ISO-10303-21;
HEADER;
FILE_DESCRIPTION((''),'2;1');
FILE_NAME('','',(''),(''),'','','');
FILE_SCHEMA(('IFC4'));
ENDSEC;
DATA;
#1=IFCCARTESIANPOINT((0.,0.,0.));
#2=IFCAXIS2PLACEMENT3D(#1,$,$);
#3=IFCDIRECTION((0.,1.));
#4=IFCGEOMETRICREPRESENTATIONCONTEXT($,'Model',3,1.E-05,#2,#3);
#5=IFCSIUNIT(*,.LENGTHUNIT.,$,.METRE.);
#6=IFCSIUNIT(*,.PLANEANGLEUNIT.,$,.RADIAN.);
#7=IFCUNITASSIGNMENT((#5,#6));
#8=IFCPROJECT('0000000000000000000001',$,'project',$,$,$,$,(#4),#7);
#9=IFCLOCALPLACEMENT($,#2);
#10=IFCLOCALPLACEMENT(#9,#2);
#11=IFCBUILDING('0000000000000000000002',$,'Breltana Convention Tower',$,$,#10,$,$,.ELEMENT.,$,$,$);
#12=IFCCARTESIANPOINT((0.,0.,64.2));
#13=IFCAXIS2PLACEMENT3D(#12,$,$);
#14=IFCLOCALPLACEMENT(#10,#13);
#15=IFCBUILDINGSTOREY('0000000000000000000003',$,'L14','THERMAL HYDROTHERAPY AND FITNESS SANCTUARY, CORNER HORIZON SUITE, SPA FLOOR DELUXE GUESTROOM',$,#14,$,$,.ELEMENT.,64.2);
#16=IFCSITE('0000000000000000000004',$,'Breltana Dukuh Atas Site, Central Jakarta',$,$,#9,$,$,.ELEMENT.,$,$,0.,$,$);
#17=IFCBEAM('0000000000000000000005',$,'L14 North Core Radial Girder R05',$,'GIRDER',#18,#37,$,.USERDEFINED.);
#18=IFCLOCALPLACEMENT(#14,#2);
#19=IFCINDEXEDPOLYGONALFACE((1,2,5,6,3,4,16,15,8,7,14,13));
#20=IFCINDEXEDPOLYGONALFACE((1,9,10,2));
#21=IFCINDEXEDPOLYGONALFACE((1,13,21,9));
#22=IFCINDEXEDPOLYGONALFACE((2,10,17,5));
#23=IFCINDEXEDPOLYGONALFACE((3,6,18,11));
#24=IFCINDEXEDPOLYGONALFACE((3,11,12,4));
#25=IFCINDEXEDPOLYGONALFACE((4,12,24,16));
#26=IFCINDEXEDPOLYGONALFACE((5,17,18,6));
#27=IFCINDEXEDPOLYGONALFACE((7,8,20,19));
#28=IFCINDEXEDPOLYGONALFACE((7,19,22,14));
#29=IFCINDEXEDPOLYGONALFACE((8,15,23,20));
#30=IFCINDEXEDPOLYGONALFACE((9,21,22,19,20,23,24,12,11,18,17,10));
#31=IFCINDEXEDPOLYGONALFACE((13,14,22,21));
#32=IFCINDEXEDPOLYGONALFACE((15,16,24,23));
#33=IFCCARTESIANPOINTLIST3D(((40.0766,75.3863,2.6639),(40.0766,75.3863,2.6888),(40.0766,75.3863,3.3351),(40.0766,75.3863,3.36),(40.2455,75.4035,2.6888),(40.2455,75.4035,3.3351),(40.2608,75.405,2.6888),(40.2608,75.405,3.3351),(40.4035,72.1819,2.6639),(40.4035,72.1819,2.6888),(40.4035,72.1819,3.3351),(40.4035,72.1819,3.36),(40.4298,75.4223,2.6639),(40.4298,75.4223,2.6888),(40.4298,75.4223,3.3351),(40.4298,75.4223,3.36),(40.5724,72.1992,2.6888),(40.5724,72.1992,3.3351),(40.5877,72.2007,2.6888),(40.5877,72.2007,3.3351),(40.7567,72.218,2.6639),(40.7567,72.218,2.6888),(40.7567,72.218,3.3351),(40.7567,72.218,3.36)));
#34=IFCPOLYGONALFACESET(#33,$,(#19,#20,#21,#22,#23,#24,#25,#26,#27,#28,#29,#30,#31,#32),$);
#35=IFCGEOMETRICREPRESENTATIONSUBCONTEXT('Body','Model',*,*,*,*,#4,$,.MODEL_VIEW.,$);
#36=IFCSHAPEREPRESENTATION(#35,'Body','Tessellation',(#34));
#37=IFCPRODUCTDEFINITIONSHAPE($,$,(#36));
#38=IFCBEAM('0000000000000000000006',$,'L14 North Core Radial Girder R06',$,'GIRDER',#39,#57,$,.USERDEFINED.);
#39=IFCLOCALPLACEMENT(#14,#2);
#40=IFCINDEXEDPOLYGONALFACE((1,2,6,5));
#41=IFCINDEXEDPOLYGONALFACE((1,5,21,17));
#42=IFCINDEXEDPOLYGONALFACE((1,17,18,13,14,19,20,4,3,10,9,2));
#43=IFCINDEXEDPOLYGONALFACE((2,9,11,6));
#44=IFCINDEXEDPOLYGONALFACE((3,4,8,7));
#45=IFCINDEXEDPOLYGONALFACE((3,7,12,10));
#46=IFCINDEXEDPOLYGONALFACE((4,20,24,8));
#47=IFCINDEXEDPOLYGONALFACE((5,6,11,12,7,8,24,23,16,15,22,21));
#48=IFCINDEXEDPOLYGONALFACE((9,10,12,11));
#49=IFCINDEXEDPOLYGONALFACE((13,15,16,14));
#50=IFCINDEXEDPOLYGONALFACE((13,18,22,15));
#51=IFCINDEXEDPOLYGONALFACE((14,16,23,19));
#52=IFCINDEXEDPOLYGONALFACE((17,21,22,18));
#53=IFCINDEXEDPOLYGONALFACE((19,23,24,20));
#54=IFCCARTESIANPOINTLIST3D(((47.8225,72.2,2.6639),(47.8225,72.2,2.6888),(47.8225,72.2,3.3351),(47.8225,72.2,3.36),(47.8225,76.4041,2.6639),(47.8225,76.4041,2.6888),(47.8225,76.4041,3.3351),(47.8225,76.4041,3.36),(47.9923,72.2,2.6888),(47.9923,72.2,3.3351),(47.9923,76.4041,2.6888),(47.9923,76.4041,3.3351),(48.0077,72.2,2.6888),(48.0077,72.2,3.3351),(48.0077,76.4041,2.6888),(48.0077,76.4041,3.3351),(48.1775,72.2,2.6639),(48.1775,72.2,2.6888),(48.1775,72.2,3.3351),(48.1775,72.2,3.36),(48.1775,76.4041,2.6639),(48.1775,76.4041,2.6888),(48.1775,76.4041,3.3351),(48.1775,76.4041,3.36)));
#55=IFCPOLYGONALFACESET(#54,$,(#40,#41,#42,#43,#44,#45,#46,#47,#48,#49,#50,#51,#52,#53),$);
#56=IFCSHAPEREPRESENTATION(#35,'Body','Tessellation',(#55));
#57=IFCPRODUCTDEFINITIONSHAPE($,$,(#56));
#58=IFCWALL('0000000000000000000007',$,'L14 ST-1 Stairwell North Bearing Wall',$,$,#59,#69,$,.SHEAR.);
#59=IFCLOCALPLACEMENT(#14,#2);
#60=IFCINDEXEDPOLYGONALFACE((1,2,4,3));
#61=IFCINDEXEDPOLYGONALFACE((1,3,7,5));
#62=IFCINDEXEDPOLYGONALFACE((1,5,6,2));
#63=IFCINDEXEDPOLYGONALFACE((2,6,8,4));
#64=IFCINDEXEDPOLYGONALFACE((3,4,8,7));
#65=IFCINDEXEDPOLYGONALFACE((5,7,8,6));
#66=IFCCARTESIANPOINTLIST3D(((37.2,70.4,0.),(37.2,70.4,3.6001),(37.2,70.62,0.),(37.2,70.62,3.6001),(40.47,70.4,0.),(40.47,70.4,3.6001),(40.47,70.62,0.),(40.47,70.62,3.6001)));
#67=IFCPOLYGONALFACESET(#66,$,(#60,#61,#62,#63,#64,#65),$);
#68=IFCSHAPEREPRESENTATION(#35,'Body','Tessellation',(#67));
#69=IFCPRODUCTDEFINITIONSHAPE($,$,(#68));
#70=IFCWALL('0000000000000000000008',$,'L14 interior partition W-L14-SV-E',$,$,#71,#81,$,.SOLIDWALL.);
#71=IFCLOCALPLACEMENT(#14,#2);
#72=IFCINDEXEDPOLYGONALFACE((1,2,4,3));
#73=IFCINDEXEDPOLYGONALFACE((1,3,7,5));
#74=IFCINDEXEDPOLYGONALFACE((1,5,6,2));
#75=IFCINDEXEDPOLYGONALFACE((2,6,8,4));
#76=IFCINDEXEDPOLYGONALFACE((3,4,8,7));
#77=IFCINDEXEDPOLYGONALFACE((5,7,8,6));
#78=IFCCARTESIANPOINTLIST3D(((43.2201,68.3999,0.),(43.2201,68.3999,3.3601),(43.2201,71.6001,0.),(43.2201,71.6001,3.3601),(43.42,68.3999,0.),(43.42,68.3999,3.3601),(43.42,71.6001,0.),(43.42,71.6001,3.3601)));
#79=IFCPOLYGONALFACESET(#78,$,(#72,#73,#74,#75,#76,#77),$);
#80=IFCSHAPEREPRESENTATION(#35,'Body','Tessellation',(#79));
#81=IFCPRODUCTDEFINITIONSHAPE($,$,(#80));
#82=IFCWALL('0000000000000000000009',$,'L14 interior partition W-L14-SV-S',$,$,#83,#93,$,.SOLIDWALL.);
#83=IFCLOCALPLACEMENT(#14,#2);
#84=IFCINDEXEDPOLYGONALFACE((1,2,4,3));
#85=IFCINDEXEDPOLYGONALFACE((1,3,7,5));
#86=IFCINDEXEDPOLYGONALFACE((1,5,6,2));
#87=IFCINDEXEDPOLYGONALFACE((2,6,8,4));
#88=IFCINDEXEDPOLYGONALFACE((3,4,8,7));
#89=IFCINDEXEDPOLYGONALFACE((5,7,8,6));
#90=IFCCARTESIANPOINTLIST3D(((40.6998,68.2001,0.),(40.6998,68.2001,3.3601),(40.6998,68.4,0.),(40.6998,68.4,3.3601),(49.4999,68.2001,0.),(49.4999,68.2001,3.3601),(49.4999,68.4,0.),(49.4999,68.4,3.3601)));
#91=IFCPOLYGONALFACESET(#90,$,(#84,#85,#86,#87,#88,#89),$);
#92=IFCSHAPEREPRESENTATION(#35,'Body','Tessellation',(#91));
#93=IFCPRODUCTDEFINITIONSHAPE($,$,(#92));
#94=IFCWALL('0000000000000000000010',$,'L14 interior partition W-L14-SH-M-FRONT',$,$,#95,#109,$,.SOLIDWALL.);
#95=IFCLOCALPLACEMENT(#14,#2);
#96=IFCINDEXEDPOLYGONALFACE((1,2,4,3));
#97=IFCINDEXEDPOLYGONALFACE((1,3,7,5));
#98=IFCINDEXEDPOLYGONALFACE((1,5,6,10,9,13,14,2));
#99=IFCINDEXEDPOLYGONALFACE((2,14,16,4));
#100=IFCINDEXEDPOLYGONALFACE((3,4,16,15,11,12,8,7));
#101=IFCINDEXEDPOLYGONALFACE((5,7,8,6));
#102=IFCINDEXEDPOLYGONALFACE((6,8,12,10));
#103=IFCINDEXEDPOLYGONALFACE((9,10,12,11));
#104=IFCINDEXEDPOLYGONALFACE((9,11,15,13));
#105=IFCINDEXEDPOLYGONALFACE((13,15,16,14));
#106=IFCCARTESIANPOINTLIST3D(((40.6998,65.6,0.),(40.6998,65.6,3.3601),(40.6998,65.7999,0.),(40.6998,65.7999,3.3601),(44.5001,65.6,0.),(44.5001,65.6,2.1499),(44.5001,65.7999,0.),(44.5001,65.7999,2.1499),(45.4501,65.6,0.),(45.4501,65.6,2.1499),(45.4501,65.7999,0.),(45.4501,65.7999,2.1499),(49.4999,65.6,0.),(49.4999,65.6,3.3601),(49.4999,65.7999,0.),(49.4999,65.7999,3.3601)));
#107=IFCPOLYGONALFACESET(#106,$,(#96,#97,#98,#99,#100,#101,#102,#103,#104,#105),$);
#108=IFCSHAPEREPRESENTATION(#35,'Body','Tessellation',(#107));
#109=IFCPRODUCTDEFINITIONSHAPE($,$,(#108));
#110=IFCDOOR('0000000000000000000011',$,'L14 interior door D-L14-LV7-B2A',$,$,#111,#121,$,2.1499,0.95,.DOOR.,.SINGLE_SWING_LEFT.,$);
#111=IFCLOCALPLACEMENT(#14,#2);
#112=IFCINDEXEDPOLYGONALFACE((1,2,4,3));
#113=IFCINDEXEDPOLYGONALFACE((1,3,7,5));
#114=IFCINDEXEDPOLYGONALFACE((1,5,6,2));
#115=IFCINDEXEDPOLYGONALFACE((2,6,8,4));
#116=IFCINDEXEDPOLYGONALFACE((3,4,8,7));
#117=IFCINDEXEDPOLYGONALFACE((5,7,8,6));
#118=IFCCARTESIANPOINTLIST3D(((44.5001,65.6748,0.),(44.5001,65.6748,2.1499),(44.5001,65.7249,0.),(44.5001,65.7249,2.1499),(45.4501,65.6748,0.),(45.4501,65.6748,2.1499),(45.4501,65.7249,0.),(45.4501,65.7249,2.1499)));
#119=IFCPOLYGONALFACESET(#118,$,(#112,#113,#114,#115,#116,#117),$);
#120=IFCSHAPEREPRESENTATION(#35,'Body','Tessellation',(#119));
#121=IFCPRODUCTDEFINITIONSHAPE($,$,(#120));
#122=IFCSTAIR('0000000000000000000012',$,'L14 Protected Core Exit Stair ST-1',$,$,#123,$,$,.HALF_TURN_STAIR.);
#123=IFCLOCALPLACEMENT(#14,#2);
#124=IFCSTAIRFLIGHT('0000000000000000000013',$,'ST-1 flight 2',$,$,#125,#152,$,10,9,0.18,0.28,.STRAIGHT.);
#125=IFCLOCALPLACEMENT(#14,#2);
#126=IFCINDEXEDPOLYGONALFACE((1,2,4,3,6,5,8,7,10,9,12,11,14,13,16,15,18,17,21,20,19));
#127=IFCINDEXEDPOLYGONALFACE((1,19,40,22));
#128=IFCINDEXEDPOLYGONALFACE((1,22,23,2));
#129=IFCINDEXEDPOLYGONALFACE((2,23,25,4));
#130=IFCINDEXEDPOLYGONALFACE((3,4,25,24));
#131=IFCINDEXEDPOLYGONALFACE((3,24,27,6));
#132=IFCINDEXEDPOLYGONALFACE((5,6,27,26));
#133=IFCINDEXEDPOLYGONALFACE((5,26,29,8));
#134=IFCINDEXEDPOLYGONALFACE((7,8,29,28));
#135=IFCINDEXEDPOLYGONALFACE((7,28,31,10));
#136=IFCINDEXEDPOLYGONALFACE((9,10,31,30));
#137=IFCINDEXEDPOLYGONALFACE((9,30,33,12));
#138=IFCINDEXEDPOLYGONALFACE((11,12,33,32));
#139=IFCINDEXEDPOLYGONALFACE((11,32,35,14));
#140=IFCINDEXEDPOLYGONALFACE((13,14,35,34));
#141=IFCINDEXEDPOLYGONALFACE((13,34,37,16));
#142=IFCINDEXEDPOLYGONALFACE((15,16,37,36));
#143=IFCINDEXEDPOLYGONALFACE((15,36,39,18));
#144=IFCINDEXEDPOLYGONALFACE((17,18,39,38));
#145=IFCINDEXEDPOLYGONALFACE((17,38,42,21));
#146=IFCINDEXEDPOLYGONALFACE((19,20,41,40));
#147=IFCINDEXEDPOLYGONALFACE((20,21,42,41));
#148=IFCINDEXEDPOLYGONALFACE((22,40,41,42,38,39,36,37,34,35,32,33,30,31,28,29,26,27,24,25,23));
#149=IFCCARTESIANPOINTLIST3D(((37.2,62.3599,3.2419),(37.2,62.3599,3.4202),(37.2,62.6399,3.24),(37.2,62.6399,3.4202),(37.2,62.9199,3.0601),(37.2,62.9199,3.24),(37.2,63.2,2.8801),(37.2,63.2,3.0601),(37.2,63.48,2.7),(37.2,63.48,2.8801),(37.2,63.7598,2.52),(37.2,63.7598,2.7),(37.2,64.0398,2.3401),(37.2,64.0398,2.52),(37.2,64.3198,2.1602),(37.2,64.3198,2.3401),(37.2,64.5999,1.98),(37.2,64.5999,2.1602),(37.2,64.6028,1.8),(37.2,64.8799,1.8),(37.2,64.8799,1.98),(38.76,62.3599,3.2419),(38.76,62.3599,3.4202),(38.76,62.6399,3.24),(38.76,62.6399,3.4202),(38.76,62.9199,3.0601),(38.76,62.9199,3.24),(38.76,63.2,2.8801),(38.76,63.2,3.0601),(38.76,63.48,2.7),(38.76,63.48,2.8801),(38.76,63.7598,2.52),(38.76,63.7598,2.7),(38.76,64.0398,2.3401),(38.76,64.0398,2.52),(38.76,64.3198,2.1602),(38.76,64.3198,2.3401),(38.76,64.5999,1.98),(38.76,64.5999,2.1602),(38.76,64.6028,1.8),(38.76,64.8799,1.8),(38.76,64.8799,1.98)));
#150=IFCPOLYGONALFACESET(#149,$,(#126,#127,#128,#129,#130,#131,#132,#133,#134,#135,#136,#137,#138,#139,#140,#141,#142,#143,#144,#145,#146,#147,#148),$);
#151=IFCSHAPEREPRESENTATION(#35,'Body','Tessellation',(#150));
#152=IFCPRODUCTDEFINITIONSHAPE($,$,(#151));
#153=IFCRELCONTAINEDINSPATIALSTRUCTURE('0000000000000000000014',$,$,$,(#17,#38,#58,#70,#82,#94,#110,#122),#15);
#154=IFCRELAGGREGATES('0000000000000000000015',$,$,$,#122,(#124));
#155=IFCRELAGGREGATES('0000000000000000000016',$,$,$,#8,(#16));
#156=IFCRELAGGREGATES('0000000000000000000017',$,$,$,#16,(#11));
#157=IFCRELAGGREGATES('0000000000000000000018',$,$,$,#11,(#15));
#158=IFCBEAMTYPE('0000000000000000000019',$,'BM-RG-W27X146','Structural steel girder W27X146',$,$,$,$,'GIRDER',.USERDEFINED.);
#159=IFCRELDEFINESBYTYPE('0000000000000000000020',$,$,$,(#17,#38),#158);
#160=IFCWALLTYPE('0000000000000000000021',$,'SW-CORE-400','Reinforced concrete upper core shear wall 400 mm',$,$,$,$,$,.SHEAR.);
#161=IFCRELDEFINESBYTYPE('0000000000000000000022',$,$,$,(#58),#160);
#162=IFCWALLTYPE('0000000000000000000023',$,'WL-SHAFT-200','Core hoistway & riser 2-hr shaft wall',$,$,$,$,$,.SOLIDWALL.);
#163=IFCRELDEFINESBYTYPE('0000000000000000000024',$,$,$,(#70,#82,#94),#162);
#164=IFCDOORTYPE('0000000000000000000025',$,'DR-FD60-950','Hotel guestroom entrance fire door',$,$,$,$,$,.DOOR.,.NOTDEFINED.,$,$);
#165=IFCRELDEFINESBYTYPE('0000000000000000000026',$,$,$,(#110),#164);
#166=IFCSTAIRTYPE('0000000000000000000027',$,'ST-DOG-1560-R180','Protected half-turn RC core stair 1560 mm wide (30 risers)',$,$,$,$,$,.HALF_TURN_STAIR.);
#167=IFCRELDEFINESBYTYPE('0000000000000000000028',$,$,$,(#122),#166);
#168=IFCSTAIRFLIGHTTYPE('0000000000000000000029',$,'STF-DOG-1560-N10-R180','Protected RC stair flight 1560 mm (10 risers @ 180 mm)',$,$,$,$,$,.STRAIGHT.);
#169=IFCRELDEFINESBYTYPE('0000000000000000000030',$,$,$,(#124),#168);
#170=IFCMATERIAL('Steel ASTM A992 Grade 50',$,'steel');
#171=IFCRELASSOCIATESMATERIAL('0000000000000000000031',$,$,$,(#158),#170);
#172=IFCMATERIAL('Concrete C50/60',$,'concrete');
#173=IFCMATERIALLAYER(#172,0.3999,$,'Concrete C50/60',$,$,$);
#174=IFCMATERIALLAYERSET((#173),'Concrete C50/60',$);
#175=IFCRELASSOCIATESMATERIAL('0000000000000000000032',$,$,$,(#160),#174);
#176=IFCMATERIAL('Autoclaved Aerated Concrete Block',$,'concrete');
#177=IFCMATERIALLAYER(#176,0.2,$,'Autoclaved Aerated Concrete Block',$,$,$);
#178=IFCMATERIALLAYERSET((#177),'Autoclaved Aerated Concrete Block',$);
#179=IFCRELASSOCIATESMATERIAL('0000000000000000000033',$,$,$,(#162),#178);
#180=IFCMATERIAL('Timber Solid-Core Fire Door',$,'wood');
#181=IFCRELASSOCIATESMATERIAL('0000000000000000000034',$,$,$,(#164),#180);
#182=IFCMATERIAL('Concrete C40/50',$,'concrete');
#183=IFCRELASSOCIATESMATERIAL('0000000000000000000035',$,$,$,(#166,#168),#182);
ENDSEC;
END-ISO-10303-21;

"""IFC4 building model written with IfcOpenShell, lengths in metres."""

from ifc_helpers import new_model, si_unit, direction, frame, frame_2d, origin, origin_2d, place, context, subcontext, project, spatial, polyline, rectangle, i_section, outline, extrude, source, transform, mapped, material, layer, layer_set, material_profile, profile_set, type_object, type_shapes, element, fill, aggregate, save


model = new_model("IFC4")

# Units and contexts
model_context = context("Model", 3, precision=1e-05, world=origin(), true_north=direction((0.0, 1.0)))
body_context = subcontext(model_context, "Body", "Model", "MODEL_VIEW")
ifc_project = project(units=[si_unit("LENGTHUNIT", "METRE"), si_unit("PLANEANGLEUNIT", "RADIAN")], contexts=[model_context])

# Site, building, storey
site_placement = place(None, origin())
site = spatial("IfcSite", under=ifc_project, at=site_placement, Name="Breltana Dukuh Atas Site, Central Jakarta", CompositionType="ELEMENT", RefElevation=0.0)
building_placement = place(site_placement, origin())
building = spatial("IfcBuilding", under=site, at=building_placement, Name="Breltana Convention Tower", CompositionType="ELEMENT")
storey_placement = place(building_placement, frame((0.0, 0.0, 64.2)))
storey = spatial("IfcBuildingStorey", under=building, at=storey_placement, Name="L14", Description="THERMAL HYDROTHERAPY AND FITNESS SANCTUARY, CORNER HORIZON SUITE, SPA FLOOR DELUXE GUESTROOM", CompositionType="ELEMENT", Elevation=64.2)

# Beams
ifc_material_1 = material(Name="Steel ASTM A992 Grade 50", Category="steel")
ifc_material_profile = material_profile(ifc_material_1, i_section(OverallWidth=0.355, OverallDepth=0.696, WebThickness=0.0154, FlangeThickness=0.0249, at=origin_2d()), Name="W27X146")
ifc_profile_set = profile_set([ifc_material_profile], Name="Steel ASTM A992 Grade 50")
beam_type = type_object("IfcBeamType", Name="BM-RG-W27X146", Description="Structural steel girder W27X146", ElementType="GIRDER", PredefinedType="USERDEFINED", material=ifc_profile_set)
shared_shape_1 = source(origin(), body_context, "Body", "SweptSolid", [
    extrude(i_section(OverallWidth=0.355, OverallDepth=0.696, WebThickness=0.0154, FlangeThickness=0.0249, at=origin_2d()), origin(), (0.0, 0.0, 1.0), 3.2209),
])
beam_1_placement = place(storey_placement, frame((40.5801, 72.2, 3.012), z_axis=(-0.101492, 0.994836, 0.0), x_axis=(-0.994836, -0.101492, 0.0)))
element("IfcBeam", 1, at=beam_1_placement, inside=storey, type_object=beam_type, Name="L14 North Core Radial Girder R05", ObjectType="GIRDER", PredefinedType="USERDEFINED", context=body_context, shape_type="MappedRepresentation", body=[
    mapped(shared_shape_1, transform((0.0, 0.0, 0.0), scale=1.0)),
])
shared_shape_2 = source(origin(), body_context, "Body", "SweptSolid", [
    extrude(i_section(OverallWidth=0.355, OverallDepth=0.696, WebThickness=0.0154, FlangeThickness=0.0249, at=origin_2d()), origin(), (0.0, 0.0, 1.0), 4.2041),
])
beam_2_placement = place(storey_placement, frame((48.0, 72.2, 3.012), z_axis=(0.0, 1.0, 0.0), x_axis=(-1.0, 0.0, 0.0)))
element("IfcBeam", 2, at=beam_2_placement, inside=storey, type_object=beam_type, Name="L14 North Core Radial Girder R06", ObjectType="GIRDER", PredefinedType="USERDEFINED", context=body_context, shape_type="MappedRepresentation", body=[
    mapped(shared_shape_2, transform((0.0, 0.0, 0.0), scale=1.0)),
])

# Walls
ifc_material_2 = material(Name="Concrete C50/60", Category="concrete")
ifc_layer_1 = layer(ifc_material_2, 0.3999, Name="Concrete C50/60")
ifc_layer_set_1 = layer_set([ifc_layer_1], Name="Concrete C50/60")
wall_type_1 = type_object("IfcWallType", Name="SW-CORE-400", Description="Reinforced concrete upper core shear wall 400 mm", PredefinedType="SHEAR", material=ifc_layer_set_1)
shared_shape_3 = source(origin(), body_context, "Body", "SweptSolid", [
    extrude(rectangle(XDim=3.27, YDim=0.22, at=frame_2d((1.635, 0.0))), origin(), (0.0, 0.0, 1.0), 3.6001),
])
wall_1_placement = place(storey_placement, frame((37.2, 70.51, 0.0), z_axis=(0.0, 0.0, 1.0), x_axis=(1.0, 0.0, 0.0)))
element("IfcWall", 3, at=wall_1_placement, inside=storey, type_object=wall_type_1, Name="L14 ST-1 Stairwell North Bearing Wall", PredefinedType="SHEAR", context=body_context, shape_type="MappedRepresentation", body=[
    mapped(shared_shape_3, transform((0.0, 0.0, 0.0), scale=1.0)),
])
ifc_material_3 = material(Name="Autoclaved Aerated Concrete Block", Category="concrete")
ifc_layer_2 = layer(ifc_material_3, 0.2, Name="Autoclaved Aerated Concrete Block")
ifc_layer_set_2 = layer_set([ifc_layer_2], Name="Autoclaved Aerated Concrete Block")
wall_type_2 = type_object("IfcWallType", Name="WL-SHAFT-200", Description="Core hoistway & riser 2-hr shaft wall", PredefinedType="SOLIDWALL", material=ifc_layer_set_2)
shared_shape_4 = source(origin(), body_context, "Body", "SweptSolid", [
    extrude(rectangle(XDim=3.2002, YDim=0.2, at=frame_2d((1.6001, 0.0))), origin(), (0.0, 0.0, 1.0), 3.3601),
])
wall_2_placement = place(storey_placement, frame((43.3201, 68.3999, 0.0), z_axis=(0.0, 0.0, 1.0), x_axis=(0.0, 1.0, 0.0)))
element("IfcWall", 4, at=wall_2_placement, inside=storey, type_object=wall_type_2, Name="L14 interior partition W-L14-SV-E", PredefinedType="SOLIDWALL", context=body_context, shape_type="MappedRepresentation", body=[
    mapped(shared_shape_4, transform((0.0, 0.0, 0.0), scale=1.0)),
])
shared_shape_5 = source(origin(), body_context, "Body", "SweptSolid", [
    extrude(rectangle(XDim=8.8, YDim=0.2, at=frame_2d((4.3999, 0.0))), origin(), (0.0, 0.0, 1.0), 3.3601),
])
wall_3_placement = place(storey_placement, frame((40.7, 68.3, 0.0), z_axis=(0.0, 0.0, 1.0), x_axis=(1.0, 0.0, 0.0)))
element("IfcWall", 5, at=wall_3_placement, inside=storey, type_object=wall_type_2, Name="L14 interior partition W-L14-SV-S", PredefinedType="SOLIDWALL", context=body_context, shape_type="MappedRepresentation", body=[
    mapped(shared_shape_5, transform((0.0, 0.0, 0.0), scale=1.0)),
])

# Wall, opening, door
wall_4_placement = place(storey_placement, frame((40.7, 65.7, 0.0), z_axis=(0.0, 0.0, 1.0), x_axis=(1.0, 0.0, 0.0)))
wall_4 = element("IfcWall", 6, at=wall_4_placement, inside=storey, type_object=wall_type_2, Name="L14 interior partition W-L14-SH-M-FRONT", PredefinedType="SOLIDWALL", context=body_context, shape_type="MappedRepresentation", body=[
    mapped(shared_shape_5, transform((0.0, 0.0, 0.0), scale=1.0)),
])
opening_1_placement = place(wall_4_placement, frame((3.8, 0.0, 0.0)))
opening_1 = element("IfcOpeningElement", 7, at=opening_1_placement, cuts=wall_4, PredefinedType="OPENING", context=body_context, shape_type="SweptSolid", body=[
    extrude(rectangle(XDim=0.95, YDim=2.1499, at=frame_2d((0.4751, 1.075))), frame((0.0, 0.1099, 0.0), z_axis=(0.0, -1.0, 0.0), x_axis=(1.0, 0.0, 0.0)), (0.0, 0.0, 1.0), 0.22),
])
ifc_material_4 = material(Name="Timber Solid-Core Fire Door", Category="wood")
door_type_1 = type_object("IfcDoorType", Name="DR-FD60-950", Description="Hotel guestroom entrance fire door", OperationType="NOTDEFINED", PredefinedType="DOOR", material=ifc_material_4)
shared_shape_6 = source(origin(), body_context, "Body", "SweptSolid", [
    extrude(rectangle(XDim=0.95, YDim=2.1499, at=frame_2d((0.4751, 1.075))), frame((0.0, 0.0249, 0.0), z_axis=(0.0, -1.0, 0.0), x_axis=(1.0, 0.0, 0.0)), (0.0, 0.0, 1.0), 0.05),
])
type_shapes(door_type_1, [shared_shape_6])
door_1_placement = place(opening_1_placement, origin())
door_1 = element("IfcDoor", 8, at=door_1_placement, inside=storey, type_object=door_type_1, Name="L14 interior door D-L14-LV7-B2A", OperationType="SINGLE_SWING_LEFT", OverallHeight=2.1499, OverallWidth=0.95, PredefinedType="DOOR", context=body_context, shape_type="MappedRepresentation", body=[
    mapped(shared_shape_6, transform((0.0, 0.0, 0.0), scale=1.0)),
])
fill(opening_1, door_1)

# Stair, stair flight
ifc_material_5 = material(Name="Concrete C40/50", Category="concrete")
stair_type = type_object("IfcStairType", Name="ST-DOG-1560-R180", Description="Protected half-turn RC core stair 1560 mm wide (30 risers)", PredefinedType="HALF_TURN_STAIR", material=ifc_material_5)
stair_placement = place(storey_placement, origin())
stair = element("IfcStair", 9, at=stair_placement, inside=storey, type_object=stair_type, Name="L14 Protected Core Exit Stair ST-1", PredefinedType="HALF_TURN_STAIR")
stair_flight_type = type_object("IfcStairFlightType", Name="STF-DOG-1560-N10-R180", Description="Protected RC stair flight 1560 mm (10 risers @ 180 mm)", PredefinedType="STRAIGHT", material=ifc_material_5)
stair_flight_placement = place(storey_placement, frame((37.98, 64.8799, 1.8), z_axis=(0.0, 0.0, 1.0), x_axis=(0.0, -1.0, 0.0)))
stair_flight = element("IfcStairFlight", 10, at=stair_flight_placement, type_object=stair_flight_type, Name="ST-1 flight 2", NumberOfRisers=10, NumberOfTreads=9, PredefinedType="STRAIGHT", RiserHeight=0.18, TreadLength=0.28, context=body_context, shape_type="SweptSolid", body=[
    extrude(outline(polyline([(0.0, 0.0), (0.0, 0.1799), (0.28, 0.1799), (0.28, 0.3601), (0.5601, 0.3601), (0.5601, 0.54), (0.8401, 0.54), (0.8401, 0.72), (1.1201, 0.72), (1.1201, 0.8999), (1.3999, 0.8999), (1.3999, 1.0801), (1.6799, 1.0801), (1.6799, 1.26), (1.96, 1.26), (1.96, 1.4399), (2.24, 1.4399), (2.24, 1.6201), (2.52, 1.6201), (2.52, 1.8), (2.52, 1.4419), (0.2771, 0.0), (0.0, 0.0)])), frame((0.0, 0.78, 0.0), z_axis=(0.0, -1.0, 0.0), x_axis=(1.0, 0.0, 0.0)), (0.0, 0.0, 1.0), 1.5601),
])
aggregate(stair, [stair_flight])

save(model, "model.ifc")
